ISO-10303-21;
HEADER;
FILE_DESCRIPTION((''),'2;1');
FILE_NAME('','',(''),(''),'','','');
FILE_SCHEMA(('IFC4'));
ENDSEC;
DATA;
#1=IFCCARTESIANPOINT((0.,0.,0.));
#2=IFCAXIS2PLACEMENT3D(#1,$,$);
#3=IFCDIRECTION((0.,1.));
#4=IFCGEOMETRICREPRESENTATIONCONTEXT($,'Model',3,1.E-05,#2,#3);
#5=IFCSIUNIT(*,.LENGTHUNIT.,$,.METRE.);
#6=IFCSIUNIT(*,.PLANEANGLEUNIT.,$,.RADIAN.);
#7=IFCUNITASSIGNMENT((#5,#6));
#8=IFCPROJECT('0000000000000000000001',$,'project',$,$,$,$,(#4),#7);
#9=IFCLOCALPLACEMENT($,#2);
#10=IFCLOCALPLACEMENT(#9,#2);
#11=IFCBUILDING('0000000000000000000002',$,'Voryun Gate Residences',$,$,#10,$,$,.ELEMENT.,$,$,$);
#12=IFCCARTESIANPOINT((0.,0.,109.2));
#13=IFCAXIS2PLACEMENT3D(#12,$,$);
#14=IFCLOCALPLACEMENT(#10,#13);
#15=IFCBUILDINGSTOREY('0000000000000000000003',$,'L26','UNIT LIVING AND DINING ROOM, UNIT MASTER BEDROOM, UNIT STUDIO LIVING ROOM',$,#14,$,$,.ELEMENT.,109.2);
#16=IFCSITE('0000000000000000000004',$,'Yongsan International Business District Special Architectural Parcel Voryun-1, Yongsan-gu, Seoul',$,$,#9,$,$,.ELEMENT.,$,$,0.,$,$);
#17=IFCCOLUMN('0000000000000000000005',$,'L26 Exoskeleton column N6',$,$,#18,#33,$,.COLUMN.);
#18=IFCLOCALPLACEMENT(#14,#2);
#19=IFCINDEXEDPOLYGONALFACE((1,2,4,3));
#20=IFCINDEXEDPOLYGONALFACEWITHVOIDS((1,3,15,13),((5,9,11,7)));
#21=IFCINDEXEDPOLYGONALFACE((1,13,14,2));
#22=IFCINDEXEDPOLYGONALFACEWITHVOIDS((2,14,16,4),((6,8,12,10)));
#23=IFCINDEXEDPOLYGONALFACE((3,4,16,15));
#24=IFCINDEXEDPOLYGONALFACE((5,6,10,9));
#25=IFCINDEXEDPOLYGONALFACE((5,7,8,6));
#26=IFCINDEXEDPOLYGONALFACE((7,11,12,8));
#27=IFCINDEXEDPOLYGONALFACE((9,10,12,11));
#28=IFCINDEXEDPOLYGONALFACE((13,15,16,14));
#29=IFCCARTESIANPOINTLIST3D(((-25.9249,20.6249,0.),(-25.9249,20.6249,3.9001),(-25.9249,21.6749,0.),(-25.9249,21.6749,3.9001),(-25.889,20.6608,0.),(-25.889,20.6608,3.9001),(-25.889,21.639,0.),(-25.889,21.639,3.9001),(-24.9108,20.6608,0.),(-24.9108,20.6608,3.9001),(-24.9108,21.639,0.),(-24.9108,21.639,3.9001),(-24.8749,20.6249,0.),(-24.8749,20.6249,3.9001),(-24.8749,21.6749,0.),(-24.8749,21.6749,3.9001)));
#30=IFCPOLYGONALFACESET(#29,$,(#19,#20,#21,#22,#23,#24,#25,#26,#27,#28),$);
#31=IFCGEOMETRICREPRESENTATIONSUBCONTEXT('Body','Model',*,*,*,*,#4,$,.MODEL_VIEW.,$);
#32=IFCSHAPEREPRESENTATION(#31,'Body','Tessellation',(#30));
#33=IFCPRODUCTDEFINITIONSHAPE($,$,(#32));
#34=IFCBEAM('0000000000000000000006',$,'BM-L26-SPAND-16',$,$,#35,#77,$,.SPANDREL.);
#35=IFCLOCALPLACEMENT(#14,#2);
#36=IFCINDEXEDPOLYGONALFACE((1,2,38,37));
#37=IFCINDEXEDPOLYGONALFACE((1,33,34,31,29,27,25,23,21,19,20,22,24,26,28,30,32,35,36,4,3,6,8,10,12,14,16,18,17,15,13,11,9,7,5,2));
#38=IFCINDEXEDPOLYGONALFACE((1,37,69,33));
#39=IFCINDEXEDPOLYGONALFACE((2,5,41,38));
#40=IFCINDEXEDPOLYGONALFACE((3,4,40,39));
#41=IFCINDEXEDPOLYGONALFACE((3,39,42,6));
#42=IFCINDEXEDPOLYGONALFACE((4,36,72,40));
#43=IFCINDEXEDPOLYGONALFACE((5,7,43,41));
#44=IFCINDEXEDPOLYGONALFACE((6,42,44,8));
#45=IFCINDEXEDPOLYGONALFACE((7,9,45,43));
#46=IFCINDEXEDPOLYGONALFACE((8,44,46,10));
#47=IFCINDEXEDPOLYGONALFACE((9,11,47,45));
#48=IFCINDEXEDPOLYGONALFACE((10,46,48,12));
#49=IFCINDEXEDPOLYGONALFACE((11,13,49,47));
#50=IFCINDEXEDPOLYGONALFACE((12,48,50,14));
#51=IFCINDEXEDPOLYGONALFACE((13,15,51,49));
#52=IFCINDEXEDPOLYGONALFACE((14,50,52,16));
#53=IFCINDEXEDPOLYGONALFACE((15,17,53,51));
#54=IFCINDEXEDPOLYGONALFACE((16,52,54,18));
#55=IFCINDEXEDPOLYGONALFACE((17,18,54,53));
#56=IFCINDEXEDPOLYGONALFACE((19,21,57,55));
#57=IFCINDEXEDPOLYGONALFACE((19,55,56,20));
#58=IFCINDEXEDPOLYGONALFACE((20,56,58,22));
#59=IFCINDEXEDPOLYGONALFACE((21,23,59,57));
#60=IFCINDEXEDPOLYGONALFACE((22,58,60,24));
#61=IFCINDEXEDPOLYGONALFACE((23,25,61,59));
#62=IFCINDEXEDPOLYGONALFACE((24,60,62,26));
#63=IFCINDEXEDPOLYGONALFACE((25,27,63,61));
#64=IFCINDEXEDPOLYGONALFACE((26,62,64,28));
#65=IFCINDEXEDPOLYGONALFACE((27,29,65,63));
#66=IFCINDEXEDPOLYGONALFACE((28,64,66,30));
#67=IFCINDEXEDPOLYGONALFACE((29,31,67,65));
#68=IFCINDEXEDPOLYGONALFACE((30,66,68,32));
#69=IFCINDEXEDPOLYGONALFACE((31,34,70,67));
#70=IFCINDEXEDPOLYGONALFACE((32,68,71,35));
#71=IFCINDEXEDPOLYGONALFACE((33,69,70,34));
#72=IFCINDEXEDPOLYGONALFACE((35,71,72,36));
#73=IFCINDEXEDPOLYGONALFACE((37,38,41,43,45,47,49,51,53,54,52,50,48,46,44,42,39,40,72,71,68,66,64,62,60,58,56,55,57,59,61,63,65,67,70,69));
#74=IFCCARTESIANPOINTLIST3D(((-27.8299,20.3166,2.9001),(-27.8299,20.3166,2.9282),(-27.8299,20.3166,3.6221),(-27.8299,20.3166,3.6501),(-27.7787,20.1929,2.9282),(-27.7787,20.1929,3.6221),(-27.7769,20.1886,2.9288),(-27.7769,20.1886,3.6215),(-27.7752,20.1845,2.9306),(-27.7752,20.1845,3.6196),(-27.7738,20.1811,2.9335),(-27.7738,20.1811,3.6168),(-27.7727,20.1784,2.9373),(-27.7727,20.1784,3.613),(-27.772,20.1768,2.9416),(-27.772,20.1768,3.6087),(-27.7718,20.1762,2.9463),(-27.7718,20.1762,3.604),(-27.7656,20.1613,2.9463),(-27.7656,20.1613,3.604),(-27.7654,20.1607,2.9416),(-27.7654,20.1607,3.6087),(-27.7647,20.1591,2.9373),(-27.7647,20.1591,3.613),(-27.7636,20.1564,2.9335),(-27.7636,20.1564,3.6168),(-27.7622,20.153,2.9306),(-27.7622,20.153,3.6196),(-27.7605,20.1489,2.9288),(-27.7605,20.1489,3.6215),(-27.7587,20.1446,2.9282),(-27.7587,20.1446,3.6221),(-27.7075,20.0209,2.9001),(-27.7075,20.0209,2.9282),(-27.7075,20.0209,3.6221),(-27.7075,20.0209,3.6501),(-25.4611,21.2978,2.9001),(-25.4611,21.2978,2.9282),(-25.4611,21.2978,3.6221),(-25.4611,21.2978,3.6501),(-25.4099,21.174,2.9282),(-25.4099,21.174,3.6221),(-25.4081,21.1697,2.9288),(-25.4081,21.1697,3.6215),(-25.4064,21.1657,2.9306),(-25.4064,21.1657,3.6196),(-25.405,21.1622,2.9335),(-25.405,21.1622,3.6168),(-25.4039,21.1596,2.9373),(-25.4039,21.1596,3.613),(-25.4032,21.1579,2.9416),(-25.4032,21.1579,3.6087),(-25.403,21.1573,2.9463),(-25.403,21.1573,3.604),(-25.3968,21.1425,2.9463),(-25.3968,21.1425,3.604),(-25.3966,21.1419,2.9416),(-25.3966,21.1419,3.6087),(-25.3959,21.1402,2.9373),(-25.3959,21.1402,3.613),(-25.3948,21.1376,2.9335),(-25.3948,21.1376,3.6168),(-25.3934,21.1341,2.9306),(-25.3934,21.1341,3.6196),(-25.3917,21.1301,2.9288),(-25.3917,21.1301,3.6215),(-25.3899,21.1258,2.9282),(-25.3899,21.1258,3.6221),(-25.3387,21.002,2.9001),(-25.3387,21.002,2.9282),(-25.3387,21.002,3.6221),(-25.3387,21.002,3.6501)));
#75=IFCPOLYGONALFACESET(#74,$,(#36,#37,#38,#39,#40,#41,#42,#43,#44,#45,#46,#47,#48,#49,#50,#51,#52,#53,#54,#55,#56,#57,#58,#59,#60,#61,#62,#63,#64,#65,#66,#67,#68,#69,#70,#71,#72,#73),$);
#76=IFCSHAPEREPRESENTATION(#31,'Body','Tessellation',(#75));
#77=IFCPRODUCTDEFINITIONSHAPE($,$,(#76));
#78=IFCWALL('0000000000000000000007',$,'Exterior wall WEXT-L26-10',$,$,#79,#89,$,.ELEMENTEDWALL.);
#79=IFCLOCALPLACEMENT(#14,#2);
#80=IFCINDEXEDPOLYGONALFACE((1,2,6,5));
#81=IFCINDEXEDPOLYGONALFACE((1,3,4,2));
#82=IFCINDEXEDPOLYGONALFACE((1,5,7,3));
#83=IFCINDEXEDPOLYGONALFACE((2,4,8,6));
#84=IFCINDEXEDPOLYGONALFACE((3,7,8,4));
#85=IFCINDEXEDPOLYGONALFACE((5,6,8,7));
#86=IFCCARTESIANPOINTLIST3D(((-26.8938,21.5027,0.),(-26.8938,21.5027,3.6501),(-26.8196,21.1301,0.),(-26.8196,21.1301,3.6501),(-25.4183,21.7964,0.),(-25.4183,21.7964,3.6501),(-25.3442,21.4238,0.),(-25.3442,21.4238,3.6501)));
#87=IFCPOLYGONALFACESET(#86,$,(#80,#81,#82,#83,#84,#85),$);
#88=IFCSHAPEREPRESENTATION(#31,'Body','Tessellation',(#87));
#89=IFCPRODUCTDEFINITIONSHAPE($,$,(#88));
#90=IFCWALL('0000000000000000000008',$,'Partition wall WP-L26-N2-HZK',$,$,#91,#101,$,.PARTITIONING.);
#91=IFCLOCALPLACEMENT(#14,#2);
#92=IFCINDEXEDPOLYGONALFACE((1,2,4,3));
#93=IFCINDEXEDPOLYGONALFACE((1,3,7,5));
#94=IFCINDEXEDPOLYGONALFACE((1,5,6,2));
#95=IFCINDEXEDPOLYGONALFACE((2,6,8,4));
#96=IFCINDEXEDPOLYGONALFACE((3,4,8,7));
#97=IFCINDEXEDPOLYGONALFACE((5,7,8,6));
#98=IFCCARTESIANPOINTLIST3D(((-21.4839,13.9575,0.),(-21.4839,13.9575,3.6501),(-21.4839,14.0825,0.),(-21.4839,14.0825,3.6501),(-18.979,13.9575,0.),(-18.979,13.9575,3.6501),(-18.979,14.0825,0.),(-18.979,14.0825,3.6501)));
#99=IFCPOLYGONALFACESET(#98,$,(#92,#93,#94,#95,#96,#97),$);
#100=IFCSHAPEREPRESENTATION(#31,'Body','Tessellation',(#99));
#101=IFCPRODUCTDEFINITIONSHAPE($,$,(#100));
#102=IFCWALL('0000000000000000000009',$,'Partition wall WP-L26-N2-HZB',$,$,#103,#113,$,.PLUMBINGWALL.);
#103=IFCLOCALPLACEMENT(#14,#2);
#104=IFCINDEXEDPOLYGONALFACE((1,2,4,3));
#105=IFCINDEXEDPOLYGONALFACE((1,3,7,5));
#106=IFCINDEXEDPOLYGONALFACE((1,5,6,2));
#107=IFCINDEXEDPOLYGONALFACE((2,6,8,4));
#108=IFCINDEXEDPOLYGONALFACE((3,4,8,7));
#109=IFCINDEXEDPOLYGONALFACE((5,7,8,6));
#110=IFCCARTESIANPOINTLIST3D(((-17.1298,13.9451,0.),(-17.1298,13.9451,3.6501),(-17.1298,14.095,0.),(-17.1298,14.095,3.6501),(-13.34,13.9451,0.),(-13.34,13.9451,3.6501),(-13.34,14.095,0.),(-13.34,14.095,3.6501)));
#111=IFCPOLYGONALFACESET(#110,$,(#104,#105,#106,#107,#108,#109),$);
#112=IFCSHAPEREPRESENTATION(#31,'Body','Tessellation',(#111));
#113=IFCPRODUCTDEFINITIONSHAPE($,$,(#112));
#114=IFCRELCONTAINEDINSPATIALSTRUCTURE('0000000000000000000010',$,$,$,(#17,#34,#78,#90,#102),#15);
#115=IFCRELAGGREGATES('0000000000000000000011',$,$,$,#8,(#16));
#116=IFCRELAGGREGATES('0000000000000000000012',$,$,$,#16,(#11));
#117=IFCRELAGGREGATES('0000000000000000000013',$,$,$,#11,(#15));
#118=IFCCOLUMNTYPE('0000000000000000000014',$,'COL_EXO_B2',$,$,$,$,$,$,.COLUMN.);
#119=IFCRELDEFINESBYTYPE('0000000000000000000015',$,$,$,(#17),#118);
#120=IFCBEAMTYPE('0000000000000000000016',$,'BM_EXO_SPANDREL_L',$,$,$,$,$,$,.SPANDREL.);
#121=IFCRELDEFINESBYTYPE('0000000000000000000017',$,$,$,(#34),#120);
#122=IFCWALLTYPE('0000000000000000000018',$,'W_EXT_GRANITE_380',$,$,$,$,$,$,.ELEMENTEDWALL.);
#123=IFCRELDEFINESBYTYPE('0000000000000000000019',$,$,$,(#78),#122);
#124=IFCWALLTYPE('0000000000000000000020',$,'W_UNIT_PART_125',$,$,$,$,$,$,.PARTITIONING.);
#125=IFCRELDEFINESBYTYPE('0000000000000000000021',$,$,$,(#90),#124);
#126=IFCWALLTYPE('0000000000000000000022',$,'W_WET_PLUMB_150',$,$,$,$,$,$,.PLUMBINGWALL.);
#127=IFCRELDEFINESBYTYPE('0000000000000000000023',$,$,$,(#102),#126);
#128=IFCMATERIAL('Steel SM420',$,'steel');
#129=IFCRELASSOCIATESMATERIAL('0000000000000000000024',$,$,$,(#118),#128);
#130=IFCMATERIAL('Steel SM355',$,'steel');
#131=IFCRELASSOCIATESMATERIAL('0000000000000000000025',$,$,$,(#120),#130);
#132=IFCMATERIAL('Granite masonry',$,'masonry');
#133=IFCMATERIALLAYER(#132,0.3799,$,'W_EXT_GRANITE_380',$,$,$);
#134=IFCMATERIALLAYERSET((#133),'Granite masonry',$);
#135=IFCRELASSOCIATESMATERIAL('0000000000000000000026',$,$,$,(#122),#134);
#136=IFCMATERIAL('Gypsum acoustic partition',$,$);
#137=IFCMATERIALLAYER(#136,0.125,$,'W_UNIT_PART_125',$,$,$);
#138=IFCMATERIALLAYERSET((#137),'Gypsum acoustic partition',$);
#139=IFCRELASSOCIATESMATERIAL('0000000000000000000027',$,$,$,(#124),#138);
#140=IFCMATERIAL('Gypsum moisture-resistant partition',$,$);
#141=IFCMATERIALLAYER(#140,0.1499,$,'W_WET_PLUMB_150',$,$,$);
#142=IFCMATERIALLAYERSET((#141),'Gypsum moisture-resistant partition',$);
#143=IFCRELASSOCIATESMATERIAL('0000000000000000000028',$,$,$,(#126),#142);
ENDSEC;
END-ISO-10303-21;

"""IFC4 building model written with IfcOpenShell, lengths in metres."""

from ifc_helpers import new_model, si_unit, direction, frame, frame_2d, origin, origin_2d, place, context, subcontext, project, spatial, rectangle, hollow_rectangle, i_section, extrude, material, layer, layer_set, material_profile, profile_set, type_object, element, save


model = new_model("IFC4")

# Units and contexts
model_context = context("Model", 3, precision=1e-05, world=origin(), true_north=direction((0.0, 1.0)))
body_context = subcontext(model_context, "Body", "Model", "MODEL_VIEW")
ifc_project = project(units=[si_unit("LENGTHUNIT", "METRE"), si_unit("PLANEANGLEUNIT", "RADIAN")], contexts=[model_context])

# Site, building, storey
site_placement = place(None, origin())
site = spatial("IfcSite", under=ifc_project, at=site_placement, Name="Yongsan International Business District Special Architectural Parcel Voryun-1, Yongsan-gu, Seoul", CompositionType="ELEMENT", RefElevation=0.0)
building_placement = place(site_placement, origin())
building = spatial("IfcBuilding", under=site, at=building_placement, Name="Voryun Gate Residences", CompositionType="ELEMENT")
storey_placement = place(building_placement, frame((0.0, 0.0, 109.2)))
storey = spatial("IfcBuildingStorey", under=building, at=storey_placement, Name="L26", Description="UNIT LIVING AND DINING ROOM, UNIT MASTER BEDROOM, UNIT STUDIO LIVING ROOM", CompositionType="ELEMENT", Elevation=109.2)

# Column
ifc_material_1 = material(Name="Steel SM420", Category="steel")
ifc_material_profile_1 = material_profile(ifc_material_1, hollow_rectangle(XDim=1.05, YDim=1.05, WallThickness=0.0359, at=origin_2d()), Name="BOX-1050x1050x36")
ifc_profile_set_1 = profile_set([ifc_material_profile_1], Name="Steel SM420")
column_type = type_object("IfcColumnType", Name="COL_EXO_B2", PredefinedType="COLUMN", material=ifc_profile_set_1)
column_placement = place(storey_placement, frame((-25.3999, 21.1499, 0.0), z_axis=(0.0, 0.0, 1.0), x_axis=(1.0, 0.0, 0.0)))
element("IfcColumn", 1, at=column_placement, inside=storey, type_object=column_type, Name="L26 Exoskeleton column N6", PredefinedType="COLUMN", context=body_context, shape_type="SweptSolid", body=[
    extrude(hollow_rectangle(XDim=1.05, YDim=1.05, WallThickness=0.0359, at=origin_2d()), origin(), (0.0, 0.0, 1.0), 3.9001),
])

# Beam
ifc_material_2 = material(Name="Steel SM355", Category="steel")
ifc_material_profile_2 = material_profile(ifc_material_2, i_section(OverallWidth=0.3201, OverallDepth=0.75, WebThickness=0.0161, FlangeThickness=0.0281, FilletRadius=0.0181, at=origin_2d()), Name="H-750x320x16x28")
ifc_profile_set_2 = profile_set([ifc_material_profile_2], Name="Steel SM355")
beam_type = type_object("IfcBeamType", Name="BM_EXO_SPANDREL_L", PredefinedType="SPANDREL", material=ifc_profile_set_2)
beam_placement = place(storey_placement, frame((-25.3999, 21.1499, 3.2751), z_axis=(-0.923883, -0.382674, 0.0), x_axis=(0.382674, -0.923883, 0.0)))
element("IfcBeam", 2, at=beam_placement, inside=storey, type_object=beam_type, Name="BM-L26-SPAND-16", PredefinedType="SPANDREL", context=body_context, shape_type="SweptSolid", body=[
    extrude(i_section(OverallWidth=0.3201, OverallDepth=0.75, WebThickness=0.0161, FlangeThickness=0.0281, FilletRadius=0.0181, at=origin_2d()), origin(), (0.0, 0.0, 1.0), 2.564),
])

# Wall
ifc_material_3 = material(Name="Granite masonry", Category="masonry")
ifc_layer_1 = layer(ifc_material_3, 0.3799, Name="W_EXT_GRANITE_380")
ifc_layer_set_1 = layer_set([ifc_layer_1], Name="Granite masonry")
wall_type_1 = type_object("IfcWallType", Name="W_EXT_GRANITE_380", PredefinedType="ELEMENTEDWALL", material=ifc_layer_set_1)
wall_1_placement = place(storey_placement, frame((-26.8567, 21.3164, 0.0), z_axis=(0.0, 0.0, 1.0), x_axis=(0.980755, 0.195242, 0.0)))
element("IfcWall", 3, at=wall_1_placement, inside=storey, type_object=wall_type_1, Name="Exterior wall WEXT-L26-10", PredefinedType="ELEMENTEDWALL", context=body_context, shape_type="SweptSolid", body=[
    extrude(rectangle(XDim=1.5044, YDim=0.3799, at=frame_2d((0.7522, 0.0))), origin(), (0.0, 0.0, 1.0), 3.6501),
])

# Walls
ifc_material_4 = material(Name="Gypsum acoustic partition")
ifc_layer_2 = layer(ifc_material_4, 0.125, Name="W_UNIT_PART_125")
ifc_layer_set_2 = layer_set([ifc_layer_2], Name="Gypsum acoustic partition")
wall_type_2 = type_object("IfcWallType", Name="W_UNIT_PART_125", PredefinedType="PARTITIONING", material=ifc_layer_set_2)
wall_2_placement = place(storey_placement, frame((-21.4839, 14.02, 0.0), z_axis=(0.0, 0.0, 1.0), x_axis=(1.0, 0.0, 0.0)))
element("IfcWall", 4, at=wall_2_placement, inside=storey, type_object=wall_type_2, Name="Partition wall WP-L26-N2-HZK", PredefinedType="PARTITIONING", context=body_context, shape_type="SweptSolid", body=[
    extrude(rectangle(XDim=2.5049, YDim=0.125, at=frame_2d((1.2524, 0.0))), origin(), (0.0, 0.0, 1.0), 3.6501),
])
ifc_material_5 = material(Name="Gypsum moisture-resistant partition")
ifc_layer_3 = layer(ifc_material_5, 0.1499, Name="W_WET_PLUMB_150")
ifc_layer_set_3 = layer_set([ifc_layer_3], Name="Gypsum moisture-resistant partition")
wall_type_3 = type_object("IfcWallType", Name="W_WET_PLUMB_150", PredefinedType="PLUMBINGWALL", material=ifc_layer_set_3)
wall_3_placement = place(storey_placement, frame((-17.1299, 14.02, 0.0), z_axis=(0.0, 0.0, 1.0), x_axis=(1.0, 0.0, 0.0)))
element("IfcWall", 5, at=wall_3_placement, inside=storey, type_object=wall_type_3, Name="Partition wall WP-L26-N2-HZB", PredefinedType="PLUMBINGWALL", context=body_context, shape_type="SweptSolid", body=[
    extrude(rectangle(XDim=3.7898, YDim=0.1499, at=frame_2d((1.895, 0.0))), origin(), (0.0, 0.0, 1.0), 3.6501),
])

save(model, "model.ifc")
